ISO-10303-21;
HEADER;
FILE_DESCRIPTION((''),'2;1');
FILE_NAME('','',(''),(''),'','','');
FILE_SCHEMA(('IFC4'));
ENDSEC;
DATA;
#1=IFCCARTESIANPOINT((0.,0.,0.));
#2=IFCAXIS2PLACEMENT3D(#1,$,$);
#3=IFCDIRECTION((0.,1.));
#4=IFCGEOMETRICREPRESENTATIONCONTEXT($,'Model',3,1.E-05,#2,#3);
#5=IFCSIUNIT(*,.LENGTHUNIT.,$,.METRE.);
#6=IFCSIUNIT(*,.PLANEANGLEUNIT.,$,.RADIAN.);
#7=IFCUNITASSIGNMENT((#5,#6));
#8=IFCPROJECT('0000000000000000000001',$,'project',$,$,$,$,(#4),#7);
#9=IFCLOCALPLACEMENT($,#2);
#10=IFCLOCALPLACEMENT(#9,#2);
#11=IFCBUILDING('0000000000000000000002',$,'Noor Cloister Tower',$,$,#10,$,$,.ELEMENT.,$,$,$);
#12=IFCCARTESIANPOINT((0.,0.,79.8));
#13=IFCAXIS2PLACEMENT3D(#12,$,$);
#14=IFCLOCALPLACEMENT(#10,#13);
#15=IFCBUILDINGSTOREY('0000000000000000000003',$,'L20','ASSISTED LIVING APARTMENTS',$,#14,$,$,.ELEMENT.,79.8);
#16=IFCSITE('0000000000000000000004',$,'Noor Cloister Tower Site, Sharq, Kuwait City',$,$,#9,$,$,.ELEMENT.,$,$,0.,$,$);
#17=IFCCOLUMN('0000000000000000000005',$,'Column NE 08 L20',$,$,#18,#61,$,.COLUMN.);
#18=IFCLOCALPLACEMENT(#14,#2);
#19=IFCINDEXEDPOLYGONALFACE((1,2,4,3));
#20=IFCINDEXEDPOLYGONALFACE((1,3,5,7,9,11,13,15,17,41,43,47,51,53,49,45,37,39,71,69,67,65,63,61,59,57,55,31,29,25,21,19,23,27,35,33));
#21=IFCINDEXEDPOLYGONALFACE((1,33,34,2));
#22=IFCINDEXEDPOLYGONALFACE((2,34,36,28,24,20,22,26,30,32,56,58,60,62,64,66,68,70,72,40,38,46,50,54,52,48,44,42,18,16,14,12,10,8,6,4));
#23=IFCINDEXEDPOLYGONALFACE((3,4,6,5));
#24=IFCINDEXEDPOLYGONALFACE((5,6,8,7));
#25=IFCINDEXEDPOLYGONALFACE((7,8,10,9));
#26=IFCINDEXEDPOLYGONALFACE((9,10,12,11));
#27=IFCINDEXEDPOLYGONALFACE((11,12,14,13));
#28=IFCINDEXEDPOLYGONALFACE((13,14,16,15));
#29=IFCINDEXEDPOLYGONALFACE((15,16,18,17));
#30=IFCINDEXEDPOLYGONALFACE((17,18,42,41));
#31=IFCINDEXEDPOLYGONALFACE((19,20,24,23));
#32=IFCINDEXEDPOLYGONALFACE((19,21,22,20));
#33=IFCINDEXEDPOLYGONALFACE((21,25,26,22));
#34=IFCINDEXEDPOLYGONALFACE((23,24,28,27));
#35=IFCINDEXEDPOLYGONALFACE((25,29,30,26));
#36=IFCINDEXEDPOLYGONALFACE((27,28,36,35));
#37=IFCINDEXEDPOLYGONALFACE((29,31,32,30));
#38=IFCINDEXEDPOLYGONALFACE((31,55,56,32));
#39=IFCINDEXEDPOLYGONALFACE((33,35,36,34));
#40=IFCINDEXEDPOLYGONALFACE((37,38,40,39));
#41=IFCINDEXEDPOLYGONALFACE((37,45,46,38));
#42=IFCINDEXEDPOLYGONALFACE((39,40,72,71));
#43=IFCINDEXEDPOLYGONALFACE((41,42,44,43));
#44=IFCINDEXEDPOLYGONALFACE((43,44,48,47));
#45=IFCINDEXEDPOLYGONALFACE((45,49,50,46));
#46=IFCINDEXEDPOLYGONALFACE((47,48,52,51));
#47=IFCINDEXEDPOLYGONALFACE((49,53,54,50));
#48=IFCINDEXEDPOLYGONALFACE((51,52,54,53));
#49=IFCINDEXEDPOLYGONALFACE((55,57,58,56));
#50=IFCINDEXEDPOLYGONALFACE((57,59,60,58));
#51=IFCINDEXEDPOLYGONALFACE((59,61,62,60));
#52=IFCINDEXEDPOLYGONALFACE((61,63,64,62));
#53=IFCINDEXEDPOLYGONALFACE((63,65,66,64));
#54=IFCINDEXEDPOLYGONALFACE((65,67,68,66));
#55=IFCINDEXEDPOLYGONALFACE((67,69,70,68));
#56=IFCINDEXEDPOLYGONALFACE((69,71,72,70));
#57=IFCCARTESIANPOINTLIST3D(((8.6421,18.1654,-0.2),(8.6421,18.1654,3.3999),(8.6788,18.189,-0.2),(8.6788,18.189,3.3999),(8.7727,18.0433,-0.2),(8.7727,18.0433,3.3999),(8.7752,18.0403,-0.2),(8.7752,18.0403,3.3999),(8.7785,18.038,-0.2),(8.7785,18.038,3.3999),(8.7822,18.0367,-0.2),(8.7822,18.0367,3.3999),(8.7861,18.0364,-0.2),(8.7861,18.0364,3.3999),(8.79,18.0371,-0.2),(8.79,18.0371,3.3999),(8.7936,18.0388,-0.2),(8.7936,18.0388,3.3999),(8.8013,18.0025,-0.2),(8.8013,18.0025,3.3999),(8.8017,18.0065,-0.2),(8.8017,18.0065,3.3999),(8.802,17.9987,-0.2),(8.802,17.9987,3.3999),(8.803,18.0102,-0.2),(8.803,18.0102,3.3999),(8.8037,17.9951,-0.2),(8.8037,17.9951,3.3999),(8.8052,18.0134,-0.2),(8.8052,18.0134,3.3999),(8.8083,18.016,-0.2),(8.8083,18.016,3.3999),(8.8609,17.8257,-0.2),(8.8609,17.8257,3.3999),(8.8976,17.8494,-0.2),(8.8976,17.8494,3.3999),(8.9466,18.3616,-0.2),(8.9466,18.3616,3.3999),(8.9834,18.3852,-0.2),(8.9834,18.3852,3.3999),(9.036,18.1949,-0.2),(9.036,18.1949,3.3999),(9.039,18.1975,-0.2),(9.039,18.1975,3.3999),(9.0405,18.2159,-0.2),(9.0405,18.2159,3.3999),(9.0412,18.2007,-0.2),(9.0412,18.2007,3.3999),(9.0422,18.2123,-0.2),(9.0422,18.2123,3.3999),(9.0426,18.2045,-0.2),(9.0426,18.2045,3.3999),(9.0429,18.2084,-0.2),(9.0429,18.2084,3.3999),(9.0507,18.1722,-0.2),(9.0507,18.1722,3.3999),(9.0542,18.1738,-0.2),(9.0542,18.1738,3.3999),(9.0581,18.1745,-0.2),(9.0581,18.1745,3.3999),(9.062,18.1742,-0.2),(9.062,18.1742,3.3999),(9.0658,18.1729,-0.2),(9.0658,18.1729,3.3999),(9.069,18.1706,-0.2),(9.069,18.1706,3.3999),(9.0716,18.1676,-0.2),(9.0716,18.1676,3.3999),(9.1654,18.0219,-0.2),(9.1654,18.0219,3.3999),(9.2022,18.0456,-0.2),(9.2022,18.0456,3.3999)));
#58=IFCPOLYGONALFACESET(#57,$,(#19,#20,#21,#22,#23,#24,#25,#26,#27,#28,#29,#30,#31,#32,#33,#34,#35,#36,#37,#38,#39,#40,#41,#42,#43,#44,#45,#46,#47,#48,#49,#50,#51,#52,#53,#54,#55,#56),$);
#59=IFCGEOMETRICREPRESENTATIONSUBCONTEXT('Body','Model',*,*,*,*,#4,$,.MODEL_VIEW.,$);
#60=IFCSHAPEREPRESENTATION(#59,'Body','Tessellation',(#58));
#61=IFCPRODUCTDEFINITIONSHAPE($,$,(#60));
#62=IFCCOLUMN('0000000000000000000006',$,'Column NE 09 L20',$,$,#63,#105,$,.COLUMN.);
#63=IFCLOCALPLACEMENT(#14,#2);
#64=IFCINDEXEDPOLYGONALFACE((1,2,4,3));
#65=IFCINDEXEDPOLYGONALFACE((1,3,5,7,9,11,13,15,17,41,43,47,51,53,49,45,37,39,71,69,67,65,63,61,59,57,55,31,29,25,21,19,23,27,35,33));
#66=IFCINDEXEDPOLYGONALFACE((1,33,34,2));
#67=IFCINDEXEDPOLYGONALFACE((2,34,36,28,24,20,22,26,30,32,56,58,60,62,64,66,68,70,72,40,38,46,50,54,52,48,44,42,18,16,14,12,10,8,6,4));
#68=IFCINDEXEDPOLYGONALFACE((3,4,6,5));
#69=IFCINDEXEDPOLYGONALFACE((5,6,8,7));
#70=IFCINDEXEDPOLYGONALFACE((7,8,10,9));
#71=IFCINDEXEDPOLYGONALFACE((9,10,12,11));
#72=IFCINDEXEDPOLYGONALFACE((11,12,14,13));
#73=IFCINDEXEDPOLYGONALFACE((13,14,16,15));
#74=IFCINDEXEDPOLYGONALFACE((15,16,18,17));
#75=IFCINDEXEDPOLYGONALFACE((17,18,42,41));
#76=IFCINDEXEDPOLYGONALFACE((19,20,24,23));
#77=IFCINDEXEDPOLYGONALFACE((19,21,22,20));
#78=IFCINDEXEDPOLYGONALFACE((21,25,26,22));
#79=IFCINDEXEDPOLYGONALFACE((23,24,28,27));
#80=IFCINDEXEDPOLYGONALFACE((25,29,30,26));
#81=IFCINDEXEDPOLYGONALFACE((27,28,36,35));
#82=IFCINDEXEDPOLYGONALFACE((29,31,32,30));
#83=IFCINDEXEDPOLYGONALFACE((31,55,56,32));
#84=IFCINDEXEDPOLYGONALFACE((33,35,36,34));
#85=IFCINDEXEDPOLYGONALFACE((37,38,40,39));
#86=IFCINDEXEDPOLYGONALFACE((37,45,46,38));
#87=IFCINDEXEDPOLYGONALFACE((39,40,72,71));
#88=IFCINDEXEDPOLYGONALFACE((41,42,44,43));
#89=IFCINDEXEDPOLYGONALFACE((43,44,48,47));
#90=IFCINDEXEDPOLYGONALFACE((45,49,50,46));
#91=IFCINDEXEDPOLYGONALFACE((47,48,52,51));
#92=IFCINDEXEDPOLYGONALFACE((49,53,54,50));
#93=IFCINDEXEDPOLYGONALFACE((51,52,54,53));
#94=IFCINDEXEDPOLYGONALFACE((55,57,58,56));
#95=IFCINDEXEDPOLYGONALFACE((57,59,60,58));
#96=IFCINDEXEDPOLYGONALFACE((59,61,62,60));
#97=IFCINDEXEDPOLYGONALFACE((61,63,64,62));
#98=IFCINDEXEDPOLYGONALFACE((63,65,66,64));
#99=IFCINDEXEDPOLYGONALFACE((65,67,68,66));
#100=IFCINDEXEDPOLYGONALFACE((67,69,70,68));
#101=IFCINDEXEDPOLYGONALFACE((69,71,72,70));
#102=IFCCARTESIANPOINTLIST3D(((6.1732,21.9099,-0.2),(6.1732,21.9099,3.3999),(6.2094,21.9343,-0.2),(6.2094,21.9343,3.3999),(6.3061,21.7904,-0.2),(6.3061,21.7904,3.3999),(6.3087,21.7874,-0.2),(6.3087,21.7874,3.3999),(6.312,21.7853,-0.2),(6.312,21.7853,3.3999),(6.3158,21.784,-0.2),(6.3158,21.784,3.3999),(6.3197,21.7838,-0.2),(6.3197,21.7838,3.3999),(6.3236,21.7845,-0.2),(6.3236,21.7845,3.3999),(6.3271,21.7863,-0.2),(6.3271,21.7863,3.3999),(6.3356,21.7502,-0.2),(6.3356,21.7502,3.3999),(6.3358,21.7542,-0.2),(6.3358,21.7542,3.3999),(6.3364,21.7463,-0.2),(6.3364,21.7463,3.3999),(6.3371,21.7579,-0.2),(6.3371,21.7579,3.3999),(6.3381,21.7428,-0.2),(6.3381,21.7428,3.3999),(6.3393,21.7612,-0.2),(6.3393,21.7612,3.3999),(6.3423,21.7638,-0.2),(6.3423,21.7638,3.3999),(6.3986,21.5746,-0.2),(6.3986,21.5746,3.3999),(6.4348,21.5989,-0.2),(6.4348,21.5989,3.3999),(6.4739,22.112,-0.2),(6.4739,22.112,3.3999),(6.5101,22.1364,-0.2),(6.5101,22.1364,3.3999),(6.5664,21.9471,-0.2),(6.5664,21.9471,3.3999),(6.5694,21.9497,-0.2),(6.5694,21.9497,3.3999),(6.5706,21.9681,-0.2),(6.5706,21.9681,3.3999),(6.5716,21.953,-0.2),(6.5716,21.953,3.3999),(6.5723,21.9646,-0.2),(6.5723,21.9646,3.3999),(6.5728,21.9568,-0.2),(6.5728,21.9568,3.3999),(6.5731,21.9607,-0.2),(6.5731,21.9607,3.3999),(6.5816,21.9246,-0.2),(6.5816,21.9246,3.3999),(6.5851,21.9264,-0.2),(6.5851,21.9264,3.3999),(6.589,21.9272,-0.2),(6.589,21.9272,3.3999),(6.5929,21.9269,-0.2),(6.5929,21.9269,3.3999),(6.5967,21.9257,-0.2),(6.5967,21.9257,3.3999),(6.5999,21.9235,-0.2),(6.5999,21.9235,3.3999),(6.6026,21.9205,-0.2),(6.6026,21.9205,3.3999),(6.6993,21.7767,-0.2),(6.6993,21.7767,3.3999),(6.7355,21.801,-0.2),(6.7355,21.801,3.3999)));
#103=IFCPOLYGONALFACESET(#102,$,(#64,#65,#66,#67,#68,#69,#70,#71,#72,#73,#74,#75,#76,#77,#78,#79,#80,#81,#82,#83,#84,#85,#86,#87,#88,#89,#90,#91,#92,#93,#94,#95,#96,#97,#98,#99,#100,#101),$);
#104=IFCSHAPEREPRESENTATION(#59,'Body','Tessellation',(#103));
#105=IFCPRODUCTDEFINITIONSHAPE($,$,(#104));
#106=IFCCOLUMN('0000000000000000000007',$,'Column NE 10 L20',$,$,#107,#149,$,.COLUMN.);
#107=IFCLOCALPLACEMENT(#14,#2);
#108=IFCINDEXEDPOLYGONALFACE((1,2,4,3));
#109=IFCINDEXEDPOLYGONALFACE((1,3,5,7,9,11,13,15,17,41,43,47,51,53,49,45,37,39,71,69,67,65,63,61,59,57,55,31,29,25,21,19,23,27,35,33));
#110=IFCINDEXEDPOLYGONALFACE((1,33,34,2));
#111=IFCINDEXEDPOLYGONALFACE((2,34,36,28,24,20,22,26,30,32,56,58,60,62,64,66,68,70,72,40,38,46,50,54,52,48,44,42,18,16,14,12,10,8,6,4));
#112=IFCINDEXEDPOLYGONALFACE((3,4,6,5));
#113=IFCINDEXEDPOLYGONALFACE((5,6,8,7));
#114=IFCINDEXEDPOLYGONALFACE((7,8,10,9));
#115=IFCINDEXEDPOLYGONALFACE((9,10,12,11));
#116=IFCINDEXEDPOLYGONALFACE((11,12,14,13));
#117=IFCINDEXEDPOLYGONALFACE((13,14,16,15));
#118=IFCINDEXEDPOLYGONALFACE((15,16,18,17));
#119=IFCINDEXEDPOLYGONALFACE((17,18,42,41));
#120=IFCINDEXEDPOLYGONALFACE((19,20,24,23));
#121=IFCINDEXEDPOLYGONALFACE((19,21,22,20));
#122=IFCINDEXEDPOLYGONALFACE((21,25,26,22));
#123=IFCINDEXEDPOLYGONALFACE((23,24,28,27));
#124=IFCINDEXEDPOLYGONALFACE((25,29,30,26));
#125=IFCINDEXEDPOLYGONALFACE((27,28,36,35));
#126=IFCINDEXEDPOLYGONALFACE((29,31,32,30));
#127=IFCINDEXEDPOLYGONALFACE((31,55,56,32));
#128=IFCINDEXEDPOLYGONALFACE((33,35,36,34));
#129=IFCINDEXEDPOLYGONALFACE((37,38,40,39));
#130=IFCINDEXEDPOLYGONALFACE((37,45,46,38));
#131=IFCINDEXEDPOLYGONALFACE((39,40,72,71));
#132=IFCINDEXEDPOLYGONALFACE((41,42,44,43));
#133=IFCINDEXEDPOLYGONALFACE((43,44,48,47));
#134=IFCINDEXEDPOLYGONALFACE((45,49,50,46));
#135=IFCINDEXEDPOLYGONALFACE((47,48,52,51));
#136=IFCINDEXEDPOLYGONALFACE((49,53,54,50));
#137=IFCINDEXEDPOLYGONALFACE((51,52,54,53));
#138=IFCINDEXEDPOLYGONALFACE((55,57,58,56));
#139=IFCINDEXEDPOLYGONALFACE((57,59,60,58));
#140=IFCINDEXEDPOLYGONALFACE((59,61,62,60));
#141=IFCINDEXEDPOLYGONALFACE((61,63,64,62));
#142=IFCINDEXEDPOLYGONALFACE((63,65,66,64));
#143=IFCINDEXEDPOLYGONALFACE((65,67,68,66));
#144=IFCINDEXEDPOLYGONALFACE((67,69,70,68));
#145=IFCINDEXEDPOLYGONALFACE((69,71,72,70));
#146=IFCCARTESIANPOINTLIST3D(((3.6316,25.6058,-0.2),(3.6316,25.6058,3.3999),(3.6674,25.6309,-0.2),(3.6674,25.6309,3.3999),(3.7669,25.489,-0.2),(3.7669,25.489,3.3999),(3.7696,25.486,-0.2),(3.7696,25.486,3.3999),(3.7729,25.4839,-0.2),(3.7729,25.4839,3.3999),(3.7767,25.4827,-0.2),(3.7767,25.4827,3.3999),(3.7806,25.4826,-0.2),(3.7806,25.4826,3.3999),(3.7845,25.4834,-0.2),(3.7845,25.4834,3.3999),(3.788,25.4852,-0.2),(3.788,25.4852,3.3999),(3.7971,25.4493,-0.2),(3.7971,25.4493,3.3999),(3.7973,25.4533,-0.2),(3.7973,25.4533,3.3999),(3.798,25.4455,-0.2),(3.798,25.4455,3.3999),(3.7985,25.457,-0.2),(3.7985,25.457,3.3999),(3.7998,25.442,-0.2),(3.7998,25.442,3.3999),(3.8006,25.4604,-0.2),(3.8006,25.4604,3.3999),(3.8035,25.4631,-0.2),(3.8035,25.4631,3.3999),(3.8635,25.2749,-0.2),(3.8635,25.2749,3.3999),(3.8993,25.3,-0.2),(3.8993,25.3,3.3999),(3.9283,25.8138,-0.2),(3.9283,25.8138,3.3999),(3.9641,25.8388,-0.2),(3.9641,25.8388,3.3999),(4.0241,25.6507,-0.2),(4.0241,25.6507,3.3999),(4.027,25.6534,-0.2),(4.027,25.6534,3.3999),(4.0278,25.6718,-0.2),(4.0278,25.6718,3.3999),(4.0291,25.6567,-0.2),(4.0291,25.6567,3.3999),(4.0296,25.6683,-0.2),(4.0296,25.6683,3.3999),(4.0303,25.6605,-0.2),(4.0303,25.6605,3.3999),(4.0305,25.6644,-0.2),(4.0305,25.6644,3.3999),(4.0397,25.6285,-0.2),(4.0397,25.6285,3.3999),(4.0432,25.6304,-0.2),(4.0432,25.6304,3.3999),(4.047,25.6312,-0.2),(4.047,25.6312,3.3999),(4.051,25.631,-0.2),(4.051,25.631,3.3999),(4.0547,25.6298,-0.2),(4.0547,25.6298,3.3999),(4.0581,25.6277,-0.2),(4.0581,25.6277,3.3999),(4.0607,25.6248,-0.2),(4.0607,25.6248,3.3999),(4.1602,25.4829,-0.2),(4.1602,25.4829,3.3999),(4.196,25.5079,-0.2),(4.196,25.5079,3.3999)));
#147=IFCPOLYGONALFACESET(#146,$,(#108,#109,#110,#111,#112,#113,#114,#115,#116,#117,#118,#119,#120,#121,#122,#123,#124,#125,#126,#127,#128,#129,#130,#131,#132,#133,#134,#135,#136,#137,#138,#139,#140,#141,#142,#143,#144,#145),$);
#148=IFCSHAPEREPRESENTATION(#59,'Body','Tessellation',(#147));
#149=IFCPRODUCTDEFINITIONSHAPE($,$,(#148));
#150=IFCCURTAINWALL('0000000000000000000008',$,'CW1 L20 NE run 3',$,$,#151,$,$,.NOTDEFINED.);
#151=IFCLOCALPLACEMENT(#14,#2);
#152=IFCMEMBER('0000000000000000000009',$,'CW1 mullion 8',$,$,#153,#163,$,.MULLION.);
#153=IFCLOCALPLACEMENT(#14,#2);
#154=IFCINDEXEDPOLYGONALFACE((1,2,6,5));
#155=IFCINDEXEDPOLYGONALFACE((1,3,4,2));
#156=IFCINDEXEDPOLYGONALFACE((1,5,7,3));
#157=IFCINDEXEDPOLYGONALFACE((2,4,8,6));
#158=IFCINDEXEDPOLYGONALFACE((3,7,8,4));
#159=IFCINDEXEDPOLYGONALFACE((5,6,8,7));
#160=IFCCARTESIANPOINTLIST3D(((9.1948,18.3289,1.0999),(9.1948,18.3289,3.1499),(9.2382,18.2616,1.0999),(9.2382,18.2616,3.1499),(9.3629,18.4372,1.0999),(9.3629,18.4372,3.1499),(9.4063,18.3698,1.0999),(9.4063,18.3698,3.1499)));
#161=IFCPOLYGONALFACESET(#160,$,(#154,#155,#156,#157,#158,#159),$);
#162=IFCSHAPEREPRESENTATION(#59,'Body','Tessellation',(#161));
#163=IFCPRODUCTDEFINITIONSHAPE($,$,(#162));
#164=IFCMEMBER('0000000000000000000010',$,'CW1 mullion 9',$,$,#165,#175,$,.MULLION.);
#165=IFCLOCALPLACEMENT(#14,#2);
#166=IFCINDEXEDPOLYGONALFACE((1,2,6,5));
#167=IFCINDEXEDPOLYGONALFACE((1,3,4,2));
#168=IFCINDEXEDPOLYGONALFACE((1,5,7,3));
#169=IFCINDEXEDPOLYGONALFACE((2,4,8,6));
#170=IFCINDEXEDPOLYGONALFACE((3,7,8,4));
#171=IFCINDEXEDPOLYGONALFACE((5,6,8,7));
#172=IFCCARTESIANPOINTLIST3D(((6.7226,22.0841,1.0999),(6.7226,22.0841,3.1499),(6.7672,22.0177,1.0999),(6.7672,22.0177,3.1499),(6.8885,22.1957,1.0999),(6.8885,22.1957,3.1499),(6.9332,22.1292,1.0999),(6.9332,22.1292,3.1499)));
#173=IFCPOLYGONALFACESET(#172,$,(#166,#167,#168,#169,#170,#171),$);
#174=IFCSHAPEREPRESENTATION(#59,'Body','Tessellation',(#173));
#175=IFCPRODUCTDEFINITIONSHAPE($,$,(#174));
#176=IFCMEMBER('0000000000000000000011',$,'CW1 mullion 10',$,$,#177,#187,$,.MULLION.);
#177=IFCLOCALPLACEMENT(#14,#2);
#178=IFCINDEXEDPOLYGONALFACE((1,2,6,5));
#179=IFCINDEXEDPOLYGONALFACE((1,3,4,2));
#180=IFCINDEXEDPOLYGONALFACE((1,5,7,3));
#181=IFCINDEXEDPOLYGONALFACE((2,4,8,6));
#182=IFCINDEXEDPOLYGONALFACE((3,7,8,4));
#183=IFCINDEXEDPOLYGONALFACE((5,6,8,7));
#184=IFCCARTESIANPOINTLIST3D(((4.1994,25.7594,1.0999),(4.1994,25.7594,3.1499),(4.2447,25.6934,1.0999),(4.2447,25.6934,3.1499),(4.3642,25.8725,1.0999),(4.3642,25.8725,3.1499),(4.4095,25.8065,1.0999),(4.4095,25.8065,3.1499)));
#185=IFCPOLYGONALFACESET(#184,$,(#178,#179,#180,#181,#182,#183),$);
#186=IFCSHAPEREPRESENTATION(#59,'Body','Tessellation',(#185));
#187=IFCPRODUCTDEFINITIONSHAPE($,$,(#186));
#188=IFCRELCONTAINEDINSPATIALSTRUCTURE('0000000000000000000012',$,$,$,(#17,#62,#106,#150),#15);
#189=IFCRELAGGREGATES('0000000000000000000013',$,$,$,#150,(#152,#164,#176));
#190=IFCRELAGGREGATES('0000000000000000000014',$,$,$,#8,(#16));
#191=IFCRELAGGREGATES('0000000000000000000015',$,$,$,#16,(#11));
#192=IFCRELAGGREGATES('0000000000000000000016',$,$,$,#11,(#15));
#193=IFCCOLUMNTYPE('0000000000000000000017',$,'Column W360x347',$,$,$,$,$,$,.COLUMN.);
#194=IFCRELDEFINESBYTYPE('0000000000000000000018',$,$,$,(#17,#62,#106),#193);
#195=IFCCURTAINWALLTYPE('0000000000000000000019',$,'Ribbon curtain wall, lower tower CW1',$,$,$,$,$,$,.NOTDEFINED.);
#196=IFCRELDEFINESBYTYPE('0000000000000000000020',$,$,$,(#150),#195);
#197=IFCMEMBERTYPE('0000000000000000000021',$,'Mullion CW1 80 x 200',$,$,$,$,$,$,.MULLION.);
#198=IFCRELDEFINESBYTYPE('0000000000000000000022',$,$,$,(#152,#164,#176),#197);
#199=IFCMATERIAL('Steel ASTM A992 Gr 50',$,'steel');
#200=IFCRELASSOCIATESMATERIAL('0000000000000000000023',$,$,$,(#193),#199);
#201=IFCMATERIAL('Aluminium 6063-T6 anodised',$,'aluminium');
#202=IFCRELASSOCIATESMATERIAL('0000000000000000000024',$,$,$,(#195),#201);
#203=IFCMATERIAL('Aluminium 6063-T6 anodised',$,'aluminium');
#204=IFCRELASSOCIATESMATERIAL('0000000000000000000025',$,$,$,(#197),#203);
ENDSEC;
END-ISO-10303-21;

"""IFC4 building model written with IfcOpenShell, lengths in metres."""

from ifc_helpers import new_model, si_unit, direction, frame, origin, origin_2d, place, context, subcontext, project, spatial, rectangle, i_section, extrude, material, material_profile, profile_set, type_object, element, aggregate, save


model = new_model("IFC4")

# Units and contexts
model_context = context("Model", 3, precision=1e-05, world=origin(), true_north=direction((0.0, 1.0)))
body_context = subcontext(model_context, "Body", "Model", "MODEL_VIEW")
ifc_project = project(units=[si_unit("LENGTHUNIT", "METRE"), si_unit("PLANEANGLEUNIT", "RADIAN")], contexts=[model_context])

# Site, building, storey
site_placement = place(None, origin())
site = spatial("IfcSite", under=ifc_project, at=site_placement, Name="Noor Cloister Tower Site, Sharq, Kuwait City", CompositionType="ELEMENT", RefElevation=0.0)
building_placement = place(site_placement, origin())
building = spatial("IfcBuilding", under=site, at=building_placement, Name="Noor Cloister Tower", CompositionType="ELEMENT")
storey_placement = place(building_placement, frame((0.0, 0.0, 79.8)))
storey = spatial("IfcBuildingStorey", under=building, at=storey_placement, Name="L20", Description="ASSISTED LIVING APARTMENTS", CompositionType="ELEMENT", Elevation=79.8)

# Columns
ifc_material_1 = material(Name="Steel ASTM A992 Gr 50", Category="steel")
ifc_material_profile_1 = material_profile(ifc_material_1, i_section(OverallWidth=0.4041, OverallDepth=0.406, WebThickness=0.0271, FlangeThickness=0.0437, FilletRadius=0.0151, at=origin_2d()), Name="W360x347")
ifc_profile_set_1 = profile_set([ifc_material_profile_1], Name="Steel ASTM A992 Gr 50")
column_type = type_object("IfcColumnType", Name="Column W360x347", PredefinedType="COLUMN", material=ifc_profile_set_1)
for number, where, z_axis, x_axis, name in (
    (1, (8.9221, 18.1055, -0.2), (0.0, 0.0, 1.0), (-0.541566, 0.840658, 0.0), "Column NE 08 L20"),
    (2, (6.4543, 21.8555, -0.2), (0.0, 0.0, 1.0), (-0.557838, 0.82995, 0.0), "Column NE 09 L20"),
    (3, (3.9138, 25.5569, -0.2), (0.0, 0.0, 1.0), (-0.573899, 0.818926, 0.0), "Column NE 10 L20"),
):
    element("IfcColumn", number, at=place(storey_placement, frame(where, z_axis=z_axis, x_axis=x_axis)), inside=storey, type_object=column_type, Name=name, PredefinedType="COLUMN", context=body_context, shape_type="SweptSolid", body=[
        extrude(i_section(OverallWidth=0.4041, OverallDepth=0.406, WebThickness=0.0271, FlangeThickness=0.0437, FilletRadius=0.0151, at=origin_2d()), origin(), (0.0, 0.0, 1.0), 3.5999),
    ])

# Curtain wall, members
ifc_material_2 = material(Name="Aluminium 6063-T6 anodised", Category="aluminium")
curtain_wall_type = type_object("IfcCurtainWallType", Name="Ribbon curtain wall, lower tower CW1", PredefinedType="NOTDEFINED", material=ifc_material_2)
curtain_wall_placement = place(storey_placement, origin())
curtain_wall = element("IfcCurtainWall", 4, at=curtain_wall_placement, inside=storey, type_object=curtain_wall_type, Name="CW1 L20 NE run 3", PredefinedType="NOTDEFINED")
ifc_material_3 = material(Name="Aluminium 6063-T6 anodised", Category="aluminium")
ifc_material_profile_2 = material_profile(ifc_material_3, rectangle(XDim=0.2, YDim=0.0801, at=origin_2d()), Name="200 x 80 mullion")
ifc_profile_set_2 = profile_set([ifc_material_profile_2], Name="Aluminium 6063-T6 anodised")
member_type = type_object("IfcMemberType", Name="Mullion CW1 80 x 200", PredefinedType="MULLION", material=ifc_profile_set_2)
member_1_placement = place(storey_placement, frame((9.3005, 18.3494, 1.0999), z_axis=(0.0, 0.0, 1.0), x_axis=(-0.840658, -0.541566, 0.0)))
member_1 = element("IfcMember", 5, at=member_1_placement, type_object=member_type, Name="CW1 mullion 8", PredefinedType="MULLION", context=body_context, shape_type="SweptSolid", body=[
    extrude(rectangle(XDim=0.2, YDim=0.0801, at=origin_2d()), origin(), (0.0, 0.0, 1.0), 2.05),
])
member_2_placement = place(storey_placement, frame((6.8279, 22.1067, 1.0999), z_axis=(0.0, 0.0, 1.0), x_axis=(-0.82995, -0.557838, 0.0)))
member_2 = element("IfcMember", 6, at=member_2_placement, type_object=member_type, Name="CW1 mullion 9", PredefinedType="MULLION", context=body_context, shape_type="SweptSolid", body=[
    extrude(rectangle(XDim=0.2, YDim=0.0801, at=origin_2d()), origin(), (0.0, 0.0, 1.0), 2.05),
])
member_3_placement = place(storey_placement, frame((4.3044, 25.783, 1.0999), z_axis=(0.0, 0.0, 1.0), x_axis=(-0.824477, -0.565895, 0.0)))
member_3 = element("IfcMember", 7, at=member_3_placement, type_object=member_type, Name="CW1 mullion 10", PredefinedType="MULLION", context=body_context, shape_type="SweptSolid", body=[
    extrude(rectangle(XDim=0.2, YDim=0.0801, at=origin_2d()), origin(), (0.0, 0.0, 1.0), 2.05),
])

aggregate(curtain_wall, [member_1, member_2, member_3])

save(model, "model.ifc")
